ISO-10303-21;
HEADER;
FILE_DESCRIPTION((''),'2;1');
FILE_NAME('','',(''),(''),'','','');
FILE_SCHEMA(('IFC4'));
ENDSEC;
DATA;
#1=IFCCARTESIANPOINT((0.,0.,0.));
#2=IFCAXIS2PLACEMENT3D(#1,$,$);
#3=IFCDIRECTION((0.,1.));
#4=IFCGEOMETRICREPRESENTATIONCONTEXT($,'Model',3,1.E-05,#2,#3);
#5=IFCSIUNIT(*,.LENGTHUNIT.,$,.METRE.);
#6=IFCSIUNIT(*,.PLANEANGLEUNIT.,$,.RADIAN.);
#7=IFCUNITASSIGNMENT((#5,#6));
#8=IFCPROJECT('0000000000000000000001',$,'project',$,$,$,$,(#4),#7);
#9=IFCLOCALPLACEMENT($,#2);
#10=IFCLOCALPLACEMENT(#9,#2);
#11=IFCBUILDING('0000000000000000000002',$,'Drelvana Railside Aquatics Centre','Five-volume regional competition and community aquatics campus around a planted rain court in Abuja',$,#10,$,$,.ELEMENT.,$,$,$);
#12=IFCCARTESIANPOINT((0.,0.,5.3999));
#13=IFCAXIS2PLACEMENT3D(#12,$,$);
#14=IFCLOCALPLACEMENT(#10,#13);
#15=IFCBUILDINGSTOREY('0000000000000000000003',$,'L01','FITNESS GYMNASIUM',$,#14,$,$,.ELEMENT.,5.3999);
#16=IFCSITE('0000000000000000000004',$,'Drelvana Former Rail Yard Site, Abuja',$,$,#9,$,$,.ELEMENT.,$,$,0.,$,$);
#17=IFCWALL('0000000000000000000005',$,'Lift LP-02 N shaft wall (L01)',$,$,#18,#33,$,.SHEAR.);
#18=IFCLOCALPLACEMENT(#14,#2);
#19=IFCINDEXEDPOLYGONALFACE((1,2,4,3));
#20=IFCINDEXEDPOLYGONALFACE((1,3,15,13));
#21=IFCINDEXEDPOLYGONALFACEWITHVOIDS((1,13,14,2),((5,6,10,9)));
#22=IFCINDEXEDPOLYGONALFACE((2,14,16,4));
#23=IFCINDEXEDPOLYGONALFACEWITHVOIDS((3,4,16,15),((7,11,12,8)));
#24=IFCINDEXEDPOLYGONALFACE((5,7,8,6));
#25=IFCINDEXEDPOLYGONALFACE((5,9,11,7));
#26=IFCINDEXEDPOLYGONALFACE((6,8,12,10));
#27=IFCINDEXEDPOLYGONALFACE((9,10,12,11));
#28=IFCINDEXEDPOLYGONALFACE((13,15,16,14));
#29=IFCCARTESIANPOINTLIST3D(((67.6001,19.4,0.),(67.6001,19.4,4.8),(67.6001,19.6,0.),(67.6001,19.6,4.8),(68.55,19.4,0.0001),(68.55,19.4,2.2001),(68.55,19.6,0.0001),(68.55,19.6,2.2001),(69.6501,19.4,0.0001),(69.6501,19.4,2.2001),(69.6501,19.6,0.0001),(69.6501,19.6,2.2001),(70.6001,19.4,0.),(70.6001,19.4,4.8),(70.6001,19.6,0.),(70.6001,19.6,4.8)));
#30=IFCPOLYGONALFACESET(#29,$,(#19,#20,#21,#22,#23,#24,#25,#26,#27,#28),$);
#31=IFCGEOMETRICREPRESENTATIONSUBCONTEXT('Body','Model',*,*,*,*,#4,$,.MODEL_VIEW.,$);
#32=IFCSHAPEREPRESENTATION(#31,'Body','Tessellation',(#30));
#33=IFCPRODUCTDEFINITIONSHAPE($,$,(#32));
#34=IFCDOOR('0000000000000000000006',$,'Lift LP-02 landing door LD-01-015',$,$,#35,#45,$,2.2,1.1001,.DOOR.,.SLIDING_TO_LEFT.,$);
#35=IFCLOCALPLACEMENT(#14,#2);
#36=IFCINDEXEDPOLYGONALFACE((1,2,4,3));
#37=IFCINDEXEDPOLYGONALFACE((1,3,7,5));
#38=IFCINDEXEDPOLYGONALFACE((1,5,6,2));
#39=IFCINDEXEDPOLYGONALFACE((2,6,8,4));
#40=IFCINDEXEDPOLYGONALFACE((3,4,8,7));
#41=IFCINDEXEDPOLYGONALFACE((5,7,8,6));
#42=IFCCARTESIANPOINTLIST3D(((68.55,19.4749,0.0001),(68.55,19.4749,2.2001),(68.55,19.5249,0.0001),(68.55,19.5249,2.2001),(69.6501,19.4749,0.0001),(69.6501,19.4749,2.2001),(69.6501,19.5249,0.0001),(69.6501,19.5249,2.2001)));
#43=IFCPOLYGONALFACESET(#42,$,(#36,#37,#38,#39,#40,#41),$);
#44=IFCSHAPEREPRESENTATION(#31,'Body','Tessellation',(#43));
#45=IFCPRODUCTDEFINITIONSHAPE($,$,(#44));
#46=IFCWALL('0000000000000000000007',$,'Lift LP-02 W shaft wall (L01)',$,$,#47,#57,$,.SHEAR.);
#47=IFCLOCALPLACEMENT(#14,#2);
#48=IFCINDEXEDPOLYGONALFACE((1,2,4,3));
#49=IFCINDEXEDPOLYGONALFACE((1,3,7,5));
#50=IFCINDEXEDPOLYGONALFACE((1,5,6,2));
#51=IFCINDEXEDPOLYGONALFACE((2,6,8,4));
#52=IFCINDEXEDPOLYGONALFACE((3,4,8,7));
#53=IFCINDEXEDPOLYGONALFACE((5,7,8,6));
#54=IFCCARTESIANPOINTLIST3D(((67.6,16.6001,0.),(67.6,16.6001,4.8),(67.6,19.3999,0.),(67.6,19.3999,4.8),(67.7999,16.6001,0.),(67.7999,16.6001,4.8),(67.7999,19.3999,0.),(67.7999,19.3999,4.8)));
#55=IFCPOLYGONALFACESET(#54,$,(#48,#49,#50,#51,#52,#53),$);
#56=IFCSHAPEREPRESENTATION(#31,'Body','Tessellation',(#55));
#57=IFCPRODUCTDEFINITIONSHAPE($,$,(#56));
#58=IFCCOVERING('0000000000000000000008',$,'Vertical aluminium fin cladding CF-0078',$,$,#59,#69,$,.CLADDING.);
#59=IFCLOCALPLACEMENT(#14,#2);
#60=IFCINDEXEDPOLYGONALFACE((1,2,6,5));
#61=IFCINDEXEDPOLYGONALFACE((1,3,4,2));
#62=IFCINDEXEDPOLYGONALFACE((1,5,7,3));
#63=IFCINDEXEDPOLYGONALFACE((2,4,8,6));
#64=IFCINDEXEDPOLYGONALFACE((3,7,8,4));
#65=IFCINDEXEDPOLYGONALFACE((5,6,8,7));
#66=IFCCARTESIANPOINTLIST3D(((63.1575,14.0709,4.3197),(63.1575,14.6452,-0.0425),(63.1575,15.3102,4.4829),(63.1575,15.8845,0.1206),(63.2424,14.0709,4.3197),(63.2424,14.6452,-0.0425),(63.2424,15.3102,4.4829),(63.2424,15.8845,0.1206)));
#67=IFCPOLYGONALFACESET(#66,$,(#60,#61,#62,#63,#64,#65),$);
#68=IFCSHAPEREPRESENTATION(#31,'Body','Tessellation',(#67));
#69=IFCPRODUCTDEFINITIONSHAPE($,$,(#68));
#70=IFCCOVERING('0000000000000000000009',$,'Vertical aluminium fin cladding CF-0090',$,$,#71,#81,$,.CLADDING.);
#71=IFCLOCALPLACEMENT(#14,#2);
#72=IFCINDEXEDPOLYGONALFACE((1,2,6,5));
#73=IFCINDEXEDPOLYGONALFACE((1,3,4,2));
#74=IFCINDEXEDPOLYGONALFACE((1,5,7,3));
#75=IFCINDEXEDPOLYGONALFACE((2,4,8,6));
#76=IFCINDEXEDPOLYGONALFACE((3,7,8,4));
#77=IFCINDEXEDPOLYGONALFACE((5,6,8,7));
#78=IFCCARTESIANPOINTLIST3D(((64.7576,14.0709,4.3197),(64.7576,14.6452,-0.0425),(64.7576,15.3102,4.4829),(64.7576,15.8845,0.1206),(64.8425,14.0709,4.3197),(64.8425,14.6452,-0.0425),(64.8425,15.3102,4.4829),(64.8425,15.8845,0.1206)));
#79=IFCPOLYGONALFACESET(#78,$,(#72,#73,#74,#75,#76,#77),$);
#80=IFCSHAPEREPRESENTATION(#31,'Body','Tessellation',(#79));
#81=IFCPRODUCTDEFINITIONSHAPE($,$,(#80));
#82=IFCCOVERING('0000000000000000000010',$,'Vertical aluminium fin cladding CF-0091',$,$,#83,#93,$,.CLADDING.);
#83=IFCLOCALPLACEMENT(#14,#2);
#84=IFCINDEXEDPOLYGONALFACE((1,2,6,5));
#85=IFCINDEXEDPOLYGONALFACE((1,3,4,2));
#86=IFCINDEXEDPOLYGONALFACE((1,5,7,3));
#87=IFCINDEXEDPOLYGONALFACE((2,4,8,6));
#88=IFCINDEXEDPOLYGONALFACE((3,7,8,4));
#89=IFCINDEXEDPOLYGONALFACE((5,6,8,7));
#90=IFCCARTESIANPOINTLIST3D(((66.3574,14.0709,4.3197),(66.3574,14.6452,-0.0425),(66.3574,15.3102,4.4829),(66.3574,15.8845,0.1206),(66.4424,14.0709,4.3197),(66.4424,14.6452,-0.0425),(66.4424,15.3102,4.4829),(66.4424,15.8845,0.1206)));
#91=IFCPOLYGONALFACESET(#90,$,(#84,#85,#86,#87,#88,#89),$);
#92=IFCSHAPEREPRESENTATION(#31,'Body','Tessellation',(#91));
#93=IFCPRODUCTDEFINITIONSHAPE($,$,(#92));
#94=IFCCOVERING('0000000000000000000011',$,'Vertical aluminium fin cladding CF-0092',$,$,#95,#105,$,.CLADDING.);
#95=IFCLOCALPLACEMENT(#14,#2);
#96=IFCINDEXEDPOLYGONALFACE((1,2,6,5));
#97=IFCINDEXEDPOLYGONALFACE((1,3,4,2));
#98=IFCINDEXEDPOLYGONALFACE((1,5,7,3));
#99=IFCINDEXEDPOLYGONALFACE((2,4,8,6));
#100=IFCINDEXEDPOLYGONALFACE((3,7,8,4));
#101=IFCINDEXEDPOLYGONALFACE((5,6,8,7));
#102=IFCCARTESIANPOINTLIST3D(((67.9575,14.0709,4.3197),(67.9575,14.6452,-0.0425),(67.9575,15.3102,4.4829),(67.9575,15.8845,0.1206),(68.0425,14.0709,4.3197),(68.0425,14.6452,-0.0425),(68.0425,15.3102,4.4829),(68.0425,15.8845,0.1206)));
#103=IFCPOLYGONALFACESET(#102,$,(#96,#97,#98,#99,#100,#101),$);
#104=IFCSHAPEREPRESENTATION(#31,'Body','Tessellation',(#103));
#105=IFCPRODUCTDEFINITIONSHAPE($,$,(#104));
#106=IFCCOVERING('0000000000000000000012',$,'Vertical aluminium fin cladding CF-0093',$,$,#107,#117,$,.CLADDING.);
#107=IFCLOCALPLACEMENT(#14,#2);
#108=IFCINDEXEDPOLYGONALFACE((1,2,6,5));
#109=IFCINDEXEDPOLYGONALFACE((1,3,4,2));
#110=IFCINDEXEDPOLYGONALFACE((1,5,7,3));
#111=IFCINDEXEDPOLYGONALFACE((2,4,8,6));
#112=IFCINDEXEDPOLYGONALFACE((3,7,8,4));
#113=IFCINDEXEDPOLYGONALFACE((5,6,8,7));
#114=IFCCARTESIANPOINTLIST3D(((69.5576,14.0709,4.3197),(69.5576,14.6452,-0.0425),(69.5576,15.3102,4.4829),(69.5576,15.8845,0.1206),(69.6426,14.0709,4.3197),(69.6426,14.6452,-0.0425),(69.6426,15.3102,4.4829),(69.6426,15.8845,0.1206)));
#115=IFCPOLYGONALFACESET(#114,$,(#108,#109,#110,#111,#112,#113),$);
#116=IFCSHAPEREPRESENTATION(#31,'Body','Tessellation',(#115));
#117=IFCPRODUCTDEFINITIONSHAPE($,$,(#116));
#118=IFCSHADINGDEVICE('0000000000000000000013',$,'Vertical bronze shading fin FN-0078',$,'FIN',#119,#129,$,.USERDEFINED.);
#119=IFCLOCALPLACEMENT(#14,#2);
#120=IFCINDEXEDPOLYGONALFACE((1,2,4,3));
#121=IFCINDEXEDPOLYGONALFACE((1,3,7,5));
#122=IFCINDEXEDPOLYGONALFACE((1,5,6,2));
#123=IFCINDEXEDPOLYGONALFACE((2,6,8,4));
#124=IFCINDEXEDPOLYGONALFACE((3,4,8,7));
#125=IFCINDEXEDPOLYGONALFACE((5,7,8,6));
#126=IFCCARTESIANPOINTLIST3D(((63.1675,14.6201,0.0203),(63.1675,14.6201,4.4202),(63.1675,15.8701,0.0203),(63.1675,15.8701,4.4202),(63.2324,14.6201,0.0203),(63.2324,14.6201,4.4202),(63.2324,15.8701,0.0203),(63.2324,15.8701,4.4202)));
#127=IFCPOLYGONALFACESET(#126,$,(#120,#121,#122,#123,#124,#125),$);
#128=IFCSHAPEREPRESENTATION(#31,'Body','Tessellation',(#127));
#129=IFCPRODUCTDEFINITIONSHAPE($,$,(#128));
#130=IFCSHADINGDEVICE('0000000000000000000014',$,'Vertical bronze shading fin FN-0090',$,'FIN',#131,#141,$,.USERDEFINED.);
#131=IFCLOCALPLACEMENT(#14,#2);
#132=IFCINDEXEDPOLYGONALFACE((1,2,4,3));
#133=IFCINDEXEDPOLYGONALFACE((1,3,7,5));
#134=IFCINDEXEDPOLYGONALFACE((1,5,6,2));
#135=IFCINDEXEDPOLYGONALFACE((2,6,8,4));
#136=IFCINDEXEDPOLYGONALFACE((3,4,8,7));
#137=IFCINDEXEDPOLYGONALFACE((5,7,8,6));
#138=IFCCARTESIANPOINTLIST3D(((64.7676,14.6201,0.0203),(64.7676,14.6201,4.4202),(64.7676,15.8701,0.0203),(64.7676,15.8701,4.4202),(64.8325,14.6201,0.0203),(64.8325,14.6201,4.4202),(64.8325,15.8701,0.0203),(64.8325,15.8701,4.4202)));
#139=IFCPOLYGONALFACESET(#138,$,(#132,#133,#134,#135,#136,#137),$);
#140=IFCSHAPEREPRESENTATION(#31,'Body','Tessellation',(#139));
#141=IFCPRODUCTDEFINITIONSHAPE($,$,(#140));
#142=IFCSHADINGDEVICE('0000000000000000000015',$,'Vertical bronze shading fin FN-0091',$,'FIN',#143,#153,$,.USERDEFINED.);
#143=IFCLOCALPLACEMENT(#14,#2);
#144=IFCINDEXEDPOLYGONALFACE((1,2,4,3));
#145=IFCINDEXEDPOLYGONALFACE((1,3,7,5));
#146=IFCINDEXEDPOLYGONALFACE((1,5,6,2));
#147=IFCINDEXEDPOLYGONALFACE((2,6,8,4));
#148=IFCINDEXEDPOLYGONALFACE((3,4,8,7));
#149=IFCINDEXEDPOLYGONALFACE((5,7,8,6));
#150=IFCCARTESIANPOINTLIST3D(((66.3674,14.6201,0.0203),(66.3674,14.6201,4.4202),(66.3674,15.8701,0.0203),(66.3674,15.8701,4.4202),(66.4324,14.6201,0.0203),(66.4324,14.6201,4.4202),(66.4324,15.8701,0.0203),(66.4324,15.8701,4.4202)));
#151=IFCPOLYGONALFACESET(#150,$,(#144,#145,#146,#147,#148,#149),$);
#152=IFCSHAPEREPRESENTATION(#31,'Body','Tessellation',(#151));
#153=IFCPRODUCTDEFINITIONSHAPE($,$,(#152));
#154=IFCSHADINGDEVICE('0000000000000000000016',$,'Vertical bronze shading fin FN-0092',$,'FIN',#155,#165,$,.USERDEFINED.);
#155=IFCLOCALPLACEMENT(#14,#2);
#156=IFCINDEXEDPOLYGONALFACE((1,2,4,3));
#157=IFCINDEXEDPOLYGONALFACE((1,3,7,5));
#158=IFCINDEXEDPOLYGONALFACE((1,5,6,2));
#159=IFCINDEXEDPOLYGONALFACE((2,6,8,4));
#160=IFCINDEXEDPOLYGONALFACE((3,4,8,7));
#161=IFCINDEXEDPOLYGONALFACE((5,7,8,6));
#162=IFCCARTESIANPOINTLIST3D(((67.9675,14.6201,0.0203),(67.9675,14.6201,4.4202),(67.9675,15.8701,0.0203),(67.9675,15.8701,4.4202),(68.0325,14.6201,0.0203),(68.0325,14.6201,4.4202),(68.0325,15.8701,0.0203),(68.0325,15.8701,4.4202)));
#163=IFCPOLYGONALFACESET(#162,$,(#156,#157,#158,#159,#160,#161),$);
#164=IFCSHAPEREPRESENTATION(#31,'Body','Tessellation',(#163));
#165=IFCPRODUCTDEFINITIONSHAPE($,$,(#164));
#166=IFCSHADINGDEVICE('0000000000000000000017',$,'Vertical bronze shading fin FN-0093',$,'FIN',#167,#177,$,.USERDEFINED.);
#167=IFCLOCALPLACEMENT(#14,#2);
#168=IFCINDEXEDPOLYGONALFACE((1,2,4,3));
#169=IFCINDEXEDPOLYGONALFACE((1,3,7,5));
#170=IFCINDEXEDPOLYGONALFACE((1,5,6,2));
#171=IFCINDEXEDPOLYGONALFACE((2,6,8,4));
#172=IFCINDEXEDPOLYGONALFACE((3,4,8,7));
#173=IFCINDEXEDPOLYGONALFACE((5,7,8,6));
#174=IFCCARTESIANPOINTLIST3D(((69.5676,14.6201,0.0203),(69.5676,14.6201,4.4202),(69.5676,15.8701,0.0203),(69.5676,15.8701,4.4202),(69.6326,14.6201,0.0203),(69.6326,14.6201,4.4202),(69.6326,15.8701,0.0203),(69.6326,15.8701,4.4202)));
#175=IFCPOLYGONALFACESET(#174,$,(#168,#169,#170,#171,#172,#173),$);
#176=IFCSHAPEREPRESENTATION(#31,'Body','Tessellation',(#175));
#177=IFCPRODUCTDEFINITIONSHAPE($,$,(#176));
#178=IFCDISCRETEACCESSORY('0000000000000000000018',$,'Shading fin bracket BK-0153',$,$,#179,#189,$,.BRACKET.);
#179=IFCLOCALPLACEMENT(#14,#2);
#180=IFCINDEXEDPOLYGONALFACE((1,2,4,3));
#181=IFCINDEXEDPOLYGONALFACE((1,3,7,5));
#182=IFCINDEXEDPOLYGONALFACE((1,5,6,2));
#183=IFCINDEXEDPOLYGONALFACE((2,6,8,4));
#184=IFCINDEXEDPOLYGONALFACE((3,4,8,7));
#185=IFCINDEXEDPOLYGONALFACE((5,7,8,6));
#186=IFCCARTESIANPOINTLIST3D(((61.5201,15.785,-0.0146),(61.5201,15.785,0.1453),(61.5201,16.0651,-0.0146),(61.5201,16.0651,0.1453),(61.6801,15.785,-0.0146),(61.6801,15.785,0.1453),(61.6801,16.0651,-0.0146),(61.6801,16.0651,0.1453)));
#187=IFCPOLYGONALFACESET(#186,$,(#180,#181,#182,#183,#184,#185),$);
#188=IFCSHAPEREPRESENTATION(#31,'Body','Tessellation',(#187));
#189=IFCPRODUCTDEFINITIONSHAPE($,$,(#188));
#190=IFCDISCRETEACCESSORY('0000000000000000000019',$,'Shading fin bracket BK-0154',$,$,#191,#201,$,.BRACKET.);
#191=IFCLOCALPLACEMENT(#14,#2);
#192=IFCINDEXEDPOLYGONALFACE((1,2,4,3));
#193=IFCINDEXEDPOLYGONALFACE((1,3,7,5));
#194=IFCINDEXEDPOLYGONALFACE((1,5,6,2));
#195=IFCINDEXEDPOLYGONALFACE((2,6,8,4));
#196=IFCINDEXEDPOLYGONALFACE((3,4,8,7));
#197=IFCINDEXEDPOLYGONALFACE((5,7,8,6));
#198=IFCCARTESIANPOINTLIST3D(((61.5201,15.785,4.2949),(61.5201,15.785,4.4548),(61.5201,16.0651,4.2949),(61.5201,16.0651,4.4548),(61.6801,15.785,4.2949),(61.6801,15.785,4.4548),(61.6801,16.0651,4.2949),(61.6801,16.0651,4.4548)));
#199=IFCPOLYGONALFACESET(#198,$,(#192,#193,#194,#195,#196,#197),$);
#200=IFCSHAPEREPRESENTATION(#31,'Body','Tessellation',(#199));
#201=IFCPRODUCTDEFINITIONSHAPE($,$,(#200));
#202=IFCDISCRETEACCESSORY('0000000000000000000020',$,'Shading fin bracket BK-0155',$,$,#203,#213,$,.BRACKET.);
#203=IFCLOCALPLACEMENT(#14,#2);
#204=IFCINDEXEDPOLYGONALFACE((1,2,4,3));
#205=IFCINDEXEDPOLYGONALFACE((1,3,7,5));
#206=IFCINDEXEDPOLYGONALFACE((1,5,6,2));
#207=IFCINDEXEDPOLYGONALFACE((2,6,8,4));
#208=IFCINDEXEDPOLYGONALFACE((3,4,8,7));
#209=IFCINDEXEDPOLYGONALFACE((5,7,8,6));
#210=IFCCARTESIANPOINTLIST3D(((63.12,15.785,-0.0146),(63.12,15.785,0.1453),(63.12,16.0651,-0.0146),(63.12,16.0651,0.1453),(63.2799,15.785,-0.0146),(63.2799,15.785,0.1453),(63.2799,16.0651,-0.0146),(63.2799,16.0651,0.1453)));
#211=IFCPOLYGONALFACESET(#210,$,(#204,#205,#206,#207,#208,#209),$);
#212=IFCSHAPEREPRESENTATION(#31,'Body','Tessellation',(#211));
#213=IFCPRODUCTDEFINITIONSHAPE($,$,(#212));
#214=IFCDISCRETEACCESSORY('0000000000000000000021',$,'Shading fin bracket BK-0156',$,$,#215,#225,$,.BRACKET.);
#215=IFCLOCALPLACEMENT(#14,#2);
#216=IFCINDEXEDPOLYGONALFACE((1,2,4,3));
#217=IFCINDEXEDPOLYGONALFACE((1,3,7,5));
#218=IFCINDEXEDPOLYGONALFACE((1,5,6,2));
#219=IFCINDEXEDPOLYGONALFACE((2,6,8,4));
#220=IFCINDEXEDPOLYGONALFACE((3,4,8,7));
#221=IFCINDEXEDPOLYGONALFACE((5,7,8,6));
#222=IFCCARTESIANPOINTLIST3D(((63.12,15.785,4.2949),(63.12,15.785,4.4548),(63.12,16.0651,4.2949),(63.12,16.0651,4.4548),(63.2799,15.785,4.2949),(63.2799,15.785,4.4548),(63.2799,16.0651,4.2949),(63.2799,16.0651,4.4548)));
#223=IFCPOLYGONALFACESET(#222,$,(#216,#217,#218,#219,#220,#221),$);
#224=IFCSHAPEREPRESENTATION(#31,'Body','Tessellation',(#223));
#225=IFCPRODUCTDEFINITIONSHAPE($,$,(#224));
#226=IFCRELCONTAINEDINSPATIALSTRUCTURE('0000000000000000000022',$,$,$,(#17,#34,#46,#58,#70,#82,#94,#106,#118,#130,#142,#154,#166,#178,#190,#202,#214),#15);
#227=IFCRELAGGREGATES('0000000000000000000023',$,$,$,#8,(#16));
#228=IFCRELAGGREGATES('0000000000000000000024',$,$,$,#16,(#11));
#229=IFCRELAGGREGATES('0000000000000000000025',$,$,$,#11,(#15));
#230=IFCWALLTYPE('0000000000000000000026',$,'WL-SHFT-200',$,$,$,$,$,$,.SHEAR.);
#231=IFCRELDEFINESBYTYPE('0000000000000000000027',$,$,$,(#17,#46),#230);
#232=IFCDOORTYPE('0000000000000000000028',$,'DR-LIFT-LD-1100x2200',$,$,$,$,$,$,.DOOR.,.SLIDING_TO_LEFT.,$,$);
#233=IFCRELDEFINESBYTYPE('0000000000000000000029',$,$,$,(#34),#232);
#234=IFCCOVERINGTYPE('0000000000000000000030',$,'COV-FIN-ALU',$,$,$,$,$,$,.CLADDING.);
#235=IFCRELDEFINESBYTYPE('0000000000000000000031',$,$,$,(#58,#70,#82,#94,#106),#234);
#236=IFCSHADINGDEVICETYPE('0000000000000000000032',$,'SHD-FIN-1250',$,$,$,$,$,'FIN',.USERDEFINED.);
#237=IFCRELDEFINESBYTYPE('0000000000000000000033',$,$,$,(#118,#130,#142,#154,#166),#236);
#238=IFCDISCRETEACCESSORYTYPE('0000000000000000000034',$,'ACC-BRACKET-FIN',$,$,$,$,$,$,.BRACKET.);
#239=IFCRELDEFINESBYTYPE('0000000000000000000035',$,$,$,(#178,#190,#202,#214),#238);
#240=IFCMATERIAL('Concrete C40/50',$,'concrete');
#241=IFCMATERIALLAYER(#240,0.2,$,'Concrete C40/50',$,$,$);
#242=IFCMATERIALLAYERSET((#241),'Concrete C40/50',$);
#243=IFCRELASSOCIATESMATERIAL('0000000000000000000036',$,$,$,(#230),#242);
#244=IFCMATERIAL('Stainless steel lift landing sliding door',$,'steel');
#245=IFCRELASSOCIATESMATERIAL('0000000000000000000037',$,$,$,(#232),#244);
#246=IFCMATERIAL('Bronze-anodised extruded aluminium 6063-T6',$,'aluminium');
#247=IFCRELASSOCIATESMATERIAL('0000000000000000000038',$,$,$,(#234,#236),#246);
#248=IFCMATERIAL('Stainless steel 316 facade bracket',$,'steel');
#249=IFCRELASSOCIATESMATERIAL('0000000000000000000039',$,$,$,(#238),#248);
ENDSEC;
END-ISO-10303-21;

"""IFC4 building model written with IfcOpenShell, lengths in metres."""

from ifc_helpers import new_model, si_unit, direction, frame, frame_2d, origin, origin_2d, place, context, subcontext, project, spatial, rectangle, extrude, material, layer, layer_set, type_object, element, fill, save


model = new_model("IFC4")

# Units and contexts
model_context = context("Model", 3, precision=1e-05, world=origin(), true_north=direction((0.0, 1.0)))
body_context = subcontext(model_context, "Body", "Model", "MODEL_VIEW")
ifc_project = project(units=[si_unit("LENGTHUNIT", "METRE"), si_unit("PLANEANGLEUNIT", "RADIAN")], contexts=[model_context])

# Site, building, storey
site_placement = place(None, origin())
site = spatial("IfcSite", under=ifc_project, at=site_placement, Name="Drelvana Former Rail Yard Site, Abuja", CompositionType="ELEMENT", RefElevation=0.0)
building_placement = place(site_placement, origin())
building = spatial("IfcBuilding", under=site, at=building_placement, Name="Drelvana Railside Aquatics Centre", Description="Five-volume regional competition and community aquatics campus around a planted rain court in Abuja", CompositionType="ELEMENT")
storey_placement = place(building_placement, frame((0.0, 0.0, 5.3999)))
storey = spatial("IfcBuildingStorey", under=building, at=storey_placement, Name="L01", Description="FITNESS GYMNASIUM", CompositionType="ELEMENT", Elevation=5.3999)

# Shared definitions
ifc_material_1 = material(Name="Concrete C40/50", Category="concrete")

# Shared definitions
ifc_layer_1 = layer(ifc_material_1, 0.2, Name="Concrete C40/50")
ifc_layer_set_1 = layer_set([ifc_layer_1], Name="Concrete C40/50")
wall_type_1 = type_object("IfcWallType", Name="WL-SHFT-200", PredefinedType="SHEAR", material=ifc_layer_set_1)

# Wall, opening, door
wall_1_placement = place(storey_placement, frame((67.6001, 19.5, 0.0), z_axis=(0.0, 0.0, 1.0), x_axis=(1.0, 0.0, 0.0)))
wall_1 = element("IfcWall", 1, at=wall_1_placement, inside=storey, type_object=wall_type_1, Name="Lift LP-02 N shaft wall (L01)", PredefinedType="SHEAR", context=body_context, shape_type="SweptSolid", body=[
    extrude(rectangle(XDim=3.0, YDim=0.2, at=frame_2d((1.5, 0.0))), origin(), (0.0, 0.0, 1.0), 4.8),
])
opening_placement = place(wall_1_placement, frame((0.95, 0.0, 0.0)))
opening = element("IfcOpeningElement", 2, at=opening_placement, cuts=wall_1, PredefinedType="OPENING", context=body_context, shape_type="SweptSolid", body=[
    extrude(rectangle(XDim=1.1001, YDim=2.2, at=frame_2d((0.55, 1.1001))), frame((0.0, 0.1099, 0.0), z_axis=(0.0, -1.0, 0.0), x_axis=(1.0, 0.0, 0.0)), (0.0, 0.0, 1.0), 0.22),
])
ifc_material_2 = material(Name="Stainless steel lift landing sliding door", Category="steel")
door_type = type_object("IfcDoorType", Name="DR-LIFT-LD-1100x2200", OperationType="SLIDING_TO_LEFT", PredefinedType="DOOR", material=ifc_material_2)
door_placement = place(opening_placement, origin())
door = element("IfcDoor", 3, at=door_placement, inside=storey, type_object=door_type, Name="Lift LP-02 landing door LD-01-015", OperationType="SLIDING_TO_LEFT", OverallHeight=2.2, OverallWidth=1.1001, PredefinedType="DOOR", context=body_context, shape_type="SweptSolid", body=[
    extrude(rectangle(XDim=1.1001, YDim=2.2, at=frame_2d((0.55, 1.1001))), frame((0.0, 0.0249, 0.0), z_axis=(0.0, -1.0, 0.0), x_axis=(1.0, 0.0, 0.0)), (0.0, 0.0, 1.0), 0.05),
])
fill(opening, door)

# Wall
wall_2_placement = place(storey_placement, frame((67.7, 16.6001, 0.0), z_axis=(0.0, 0.0, 1.0), x_axis=(0.0, 1.0, 0.0)))
element("IfcWall", 4, at=wall_2_placement, inside=storey, type_object=wall_type_1, Name="Lift LP-02 W shaft wall (L01)", PredefinedType="SHEAR", context=body_context, shape_type="SweptSolid", body=[
    extrude(rectangle(XDim=2.7998, YDim=0.2, at=frame_2d((1.3999, 0.0))), origin(), (0.0, 0.0, 1.0), 4.8),
])

# Coverings
ifc_material_3 = material(Name="Bronze-anodised extruded aluminium 6063-T6", Category="aluminium")
covering_type = type_object("IfcCoveringType", Name="COV-FIN-ALU", PredefinedType="CLADDING", material=ifc_material_3)
for number, where, z_axis, x_axis, name in (
    (5, (63.2, 15.2649, 0.0391), (0.0, -0.130526, 0.991445), (-1.0, 0.0, 0.0), "Vertical aluminium fin cladding CF-0078"),
    (6, (64.8, 15.2649, 0.0391), (0.0, -0.130526, 0.991445), (-1.0, 0.0, 0.0), "Vertical aluminium fin cladding CF-0090"),
    (7, (66.3999, 15.2649, 0.0391), (0.0, -0.130526, 0.991445), (-1.0, 0.0, 0.0), "Vertical aluminium fin cladding CF-0091"),
    (8, (68.0, 15.2649, 0.0391), (0.0, -0.130526, 0.991445), (-1.0, 0.0, 0.0), "Vertical aluminium fin cladding CF-0092"),
    (9, (69.6001, 15.2649, 0.0391), (0.0, -0.130526, 0.991445), (-1.0, 0.0, 0.0), "Vertical aluminium fin cladding CF-0093"),
):
    element("IfcCovering", number, at=place(storey_placement, frame(where, z_axis=z_axis, x_axis=x_axis)), inside=storey, type_object=covering_type, Name=name, PredefinedType="CLADDING", context=body_context, shape_type="SweptSolid", body=[
        extrude(rectangle(XDim=0.085, YDim=1.25, at=origin_2d()), origin(), (0.0, 0.0, 1.0), 4.3999),
    ])

# Shading devices
shading_device_type = type_object("IfcShadingDeviceType", Name="SHD-FIN-1250", ElementType="FIN", PredefinedType="USERDEFINED", material=ifc_material_3)
for number, where, z_axis, x_axis, name in (
    (10, (63.2, 15.2451, 0.0203), (0.0, 0.0, 1.0), (0.0, -1.0, 0.0), "Vertical bronze shading fin FN-0078"),
    (11, (64.8, 15.2451, 0.0203), (0.0, 0.0, 1.0), (0.0, -1.0, 0.0), "Vertical bronze shading fin FN-0090"),
    (12, (66.3999, 15.2451, 0.0203), (0.0, 0.0, 1.0), (0.0, -1.0, 0.0), "Vertical bronze shading fin FN-0091"),
    (13, (68.0, 15.2451, 0.0203), (0.0, 0.0, 1.0), (0.0, -1.0, 0.0), "Vertical bronze shading fin FN-0092"),
    (14, (69.6001, 15.2451, 0.0203), (0.0, 0.0, 1.0), (0.0, -1.0, 0.0), "Vertical bronze shading fin FN-0093"),
):
    element("IfcShadingDevice", number, at=place(storey_placement, frame(where, z_axis=z_axis, x_axis=x_axis)), inside=storey, type_object=shading_device_type, Name=name, ObjectType="FIN", PredefinedType="USERDEFINED", context=body_context, shape_type="SweptSolid", body=[
        extrude(rectangle(XDim=1.25, YDim=0.0649, at=origin_2d()), origin(), (0.0, 0.0, 1.0), 4.3999),
    ])

# Discrete accessories
ifc_material_4 = material(Name="Stainless steel 316 facade bracket", Category="steel")
discrete_accessory_type = type_object("IfcDiscreteAccessoryType", Name="ACC-BRACKET-FIN", PredefinedType="BRACKET", material=ifc_material_4)
for number, where, z_axis, x_axis, name in (
    (15, (61.6001, 15.925, -0.0146), (0.0, 0.0, 1.0), (0.0, -1.0, 0.0), "Shading fin bracket BK-0153"),
    (16, (61.6001, 15.925, 4.2949), (0.0, 0.0, 1.0), (0.0, -1.0, 0.0), "Shading fin bracket BK-0154"),
    (17, (63.2, 15.925, -0.0146), (0.0, 0.0, 1.0), (0.0, -1.0, 0.0), "Shading fin bracket BK-0155"),
    (18, (63.2, 15.925, 4.2949), (0.0, 0.0, 1.0), (0.0, -1.0, 0.0), "Shading fin bracket BK-0156"),
):
    element("IfcDiscreteAccessory", number, at=place(storey_placement, frame(where, z_axis=z_axis, x_axis=x_axis)), inside=storey, type_object=discrete_accessory_type, Name=name, PredefinedType="BRACKET", context=body_context, shape_type="SweptSolid", body=[
        extrude(rectangle(XDim=0.28, YDim=0.1599, at=origin_2d()), origin(), (0.0, 0.0, 1.0), 0.1599),
    ])

save(model, "model.ifc")
